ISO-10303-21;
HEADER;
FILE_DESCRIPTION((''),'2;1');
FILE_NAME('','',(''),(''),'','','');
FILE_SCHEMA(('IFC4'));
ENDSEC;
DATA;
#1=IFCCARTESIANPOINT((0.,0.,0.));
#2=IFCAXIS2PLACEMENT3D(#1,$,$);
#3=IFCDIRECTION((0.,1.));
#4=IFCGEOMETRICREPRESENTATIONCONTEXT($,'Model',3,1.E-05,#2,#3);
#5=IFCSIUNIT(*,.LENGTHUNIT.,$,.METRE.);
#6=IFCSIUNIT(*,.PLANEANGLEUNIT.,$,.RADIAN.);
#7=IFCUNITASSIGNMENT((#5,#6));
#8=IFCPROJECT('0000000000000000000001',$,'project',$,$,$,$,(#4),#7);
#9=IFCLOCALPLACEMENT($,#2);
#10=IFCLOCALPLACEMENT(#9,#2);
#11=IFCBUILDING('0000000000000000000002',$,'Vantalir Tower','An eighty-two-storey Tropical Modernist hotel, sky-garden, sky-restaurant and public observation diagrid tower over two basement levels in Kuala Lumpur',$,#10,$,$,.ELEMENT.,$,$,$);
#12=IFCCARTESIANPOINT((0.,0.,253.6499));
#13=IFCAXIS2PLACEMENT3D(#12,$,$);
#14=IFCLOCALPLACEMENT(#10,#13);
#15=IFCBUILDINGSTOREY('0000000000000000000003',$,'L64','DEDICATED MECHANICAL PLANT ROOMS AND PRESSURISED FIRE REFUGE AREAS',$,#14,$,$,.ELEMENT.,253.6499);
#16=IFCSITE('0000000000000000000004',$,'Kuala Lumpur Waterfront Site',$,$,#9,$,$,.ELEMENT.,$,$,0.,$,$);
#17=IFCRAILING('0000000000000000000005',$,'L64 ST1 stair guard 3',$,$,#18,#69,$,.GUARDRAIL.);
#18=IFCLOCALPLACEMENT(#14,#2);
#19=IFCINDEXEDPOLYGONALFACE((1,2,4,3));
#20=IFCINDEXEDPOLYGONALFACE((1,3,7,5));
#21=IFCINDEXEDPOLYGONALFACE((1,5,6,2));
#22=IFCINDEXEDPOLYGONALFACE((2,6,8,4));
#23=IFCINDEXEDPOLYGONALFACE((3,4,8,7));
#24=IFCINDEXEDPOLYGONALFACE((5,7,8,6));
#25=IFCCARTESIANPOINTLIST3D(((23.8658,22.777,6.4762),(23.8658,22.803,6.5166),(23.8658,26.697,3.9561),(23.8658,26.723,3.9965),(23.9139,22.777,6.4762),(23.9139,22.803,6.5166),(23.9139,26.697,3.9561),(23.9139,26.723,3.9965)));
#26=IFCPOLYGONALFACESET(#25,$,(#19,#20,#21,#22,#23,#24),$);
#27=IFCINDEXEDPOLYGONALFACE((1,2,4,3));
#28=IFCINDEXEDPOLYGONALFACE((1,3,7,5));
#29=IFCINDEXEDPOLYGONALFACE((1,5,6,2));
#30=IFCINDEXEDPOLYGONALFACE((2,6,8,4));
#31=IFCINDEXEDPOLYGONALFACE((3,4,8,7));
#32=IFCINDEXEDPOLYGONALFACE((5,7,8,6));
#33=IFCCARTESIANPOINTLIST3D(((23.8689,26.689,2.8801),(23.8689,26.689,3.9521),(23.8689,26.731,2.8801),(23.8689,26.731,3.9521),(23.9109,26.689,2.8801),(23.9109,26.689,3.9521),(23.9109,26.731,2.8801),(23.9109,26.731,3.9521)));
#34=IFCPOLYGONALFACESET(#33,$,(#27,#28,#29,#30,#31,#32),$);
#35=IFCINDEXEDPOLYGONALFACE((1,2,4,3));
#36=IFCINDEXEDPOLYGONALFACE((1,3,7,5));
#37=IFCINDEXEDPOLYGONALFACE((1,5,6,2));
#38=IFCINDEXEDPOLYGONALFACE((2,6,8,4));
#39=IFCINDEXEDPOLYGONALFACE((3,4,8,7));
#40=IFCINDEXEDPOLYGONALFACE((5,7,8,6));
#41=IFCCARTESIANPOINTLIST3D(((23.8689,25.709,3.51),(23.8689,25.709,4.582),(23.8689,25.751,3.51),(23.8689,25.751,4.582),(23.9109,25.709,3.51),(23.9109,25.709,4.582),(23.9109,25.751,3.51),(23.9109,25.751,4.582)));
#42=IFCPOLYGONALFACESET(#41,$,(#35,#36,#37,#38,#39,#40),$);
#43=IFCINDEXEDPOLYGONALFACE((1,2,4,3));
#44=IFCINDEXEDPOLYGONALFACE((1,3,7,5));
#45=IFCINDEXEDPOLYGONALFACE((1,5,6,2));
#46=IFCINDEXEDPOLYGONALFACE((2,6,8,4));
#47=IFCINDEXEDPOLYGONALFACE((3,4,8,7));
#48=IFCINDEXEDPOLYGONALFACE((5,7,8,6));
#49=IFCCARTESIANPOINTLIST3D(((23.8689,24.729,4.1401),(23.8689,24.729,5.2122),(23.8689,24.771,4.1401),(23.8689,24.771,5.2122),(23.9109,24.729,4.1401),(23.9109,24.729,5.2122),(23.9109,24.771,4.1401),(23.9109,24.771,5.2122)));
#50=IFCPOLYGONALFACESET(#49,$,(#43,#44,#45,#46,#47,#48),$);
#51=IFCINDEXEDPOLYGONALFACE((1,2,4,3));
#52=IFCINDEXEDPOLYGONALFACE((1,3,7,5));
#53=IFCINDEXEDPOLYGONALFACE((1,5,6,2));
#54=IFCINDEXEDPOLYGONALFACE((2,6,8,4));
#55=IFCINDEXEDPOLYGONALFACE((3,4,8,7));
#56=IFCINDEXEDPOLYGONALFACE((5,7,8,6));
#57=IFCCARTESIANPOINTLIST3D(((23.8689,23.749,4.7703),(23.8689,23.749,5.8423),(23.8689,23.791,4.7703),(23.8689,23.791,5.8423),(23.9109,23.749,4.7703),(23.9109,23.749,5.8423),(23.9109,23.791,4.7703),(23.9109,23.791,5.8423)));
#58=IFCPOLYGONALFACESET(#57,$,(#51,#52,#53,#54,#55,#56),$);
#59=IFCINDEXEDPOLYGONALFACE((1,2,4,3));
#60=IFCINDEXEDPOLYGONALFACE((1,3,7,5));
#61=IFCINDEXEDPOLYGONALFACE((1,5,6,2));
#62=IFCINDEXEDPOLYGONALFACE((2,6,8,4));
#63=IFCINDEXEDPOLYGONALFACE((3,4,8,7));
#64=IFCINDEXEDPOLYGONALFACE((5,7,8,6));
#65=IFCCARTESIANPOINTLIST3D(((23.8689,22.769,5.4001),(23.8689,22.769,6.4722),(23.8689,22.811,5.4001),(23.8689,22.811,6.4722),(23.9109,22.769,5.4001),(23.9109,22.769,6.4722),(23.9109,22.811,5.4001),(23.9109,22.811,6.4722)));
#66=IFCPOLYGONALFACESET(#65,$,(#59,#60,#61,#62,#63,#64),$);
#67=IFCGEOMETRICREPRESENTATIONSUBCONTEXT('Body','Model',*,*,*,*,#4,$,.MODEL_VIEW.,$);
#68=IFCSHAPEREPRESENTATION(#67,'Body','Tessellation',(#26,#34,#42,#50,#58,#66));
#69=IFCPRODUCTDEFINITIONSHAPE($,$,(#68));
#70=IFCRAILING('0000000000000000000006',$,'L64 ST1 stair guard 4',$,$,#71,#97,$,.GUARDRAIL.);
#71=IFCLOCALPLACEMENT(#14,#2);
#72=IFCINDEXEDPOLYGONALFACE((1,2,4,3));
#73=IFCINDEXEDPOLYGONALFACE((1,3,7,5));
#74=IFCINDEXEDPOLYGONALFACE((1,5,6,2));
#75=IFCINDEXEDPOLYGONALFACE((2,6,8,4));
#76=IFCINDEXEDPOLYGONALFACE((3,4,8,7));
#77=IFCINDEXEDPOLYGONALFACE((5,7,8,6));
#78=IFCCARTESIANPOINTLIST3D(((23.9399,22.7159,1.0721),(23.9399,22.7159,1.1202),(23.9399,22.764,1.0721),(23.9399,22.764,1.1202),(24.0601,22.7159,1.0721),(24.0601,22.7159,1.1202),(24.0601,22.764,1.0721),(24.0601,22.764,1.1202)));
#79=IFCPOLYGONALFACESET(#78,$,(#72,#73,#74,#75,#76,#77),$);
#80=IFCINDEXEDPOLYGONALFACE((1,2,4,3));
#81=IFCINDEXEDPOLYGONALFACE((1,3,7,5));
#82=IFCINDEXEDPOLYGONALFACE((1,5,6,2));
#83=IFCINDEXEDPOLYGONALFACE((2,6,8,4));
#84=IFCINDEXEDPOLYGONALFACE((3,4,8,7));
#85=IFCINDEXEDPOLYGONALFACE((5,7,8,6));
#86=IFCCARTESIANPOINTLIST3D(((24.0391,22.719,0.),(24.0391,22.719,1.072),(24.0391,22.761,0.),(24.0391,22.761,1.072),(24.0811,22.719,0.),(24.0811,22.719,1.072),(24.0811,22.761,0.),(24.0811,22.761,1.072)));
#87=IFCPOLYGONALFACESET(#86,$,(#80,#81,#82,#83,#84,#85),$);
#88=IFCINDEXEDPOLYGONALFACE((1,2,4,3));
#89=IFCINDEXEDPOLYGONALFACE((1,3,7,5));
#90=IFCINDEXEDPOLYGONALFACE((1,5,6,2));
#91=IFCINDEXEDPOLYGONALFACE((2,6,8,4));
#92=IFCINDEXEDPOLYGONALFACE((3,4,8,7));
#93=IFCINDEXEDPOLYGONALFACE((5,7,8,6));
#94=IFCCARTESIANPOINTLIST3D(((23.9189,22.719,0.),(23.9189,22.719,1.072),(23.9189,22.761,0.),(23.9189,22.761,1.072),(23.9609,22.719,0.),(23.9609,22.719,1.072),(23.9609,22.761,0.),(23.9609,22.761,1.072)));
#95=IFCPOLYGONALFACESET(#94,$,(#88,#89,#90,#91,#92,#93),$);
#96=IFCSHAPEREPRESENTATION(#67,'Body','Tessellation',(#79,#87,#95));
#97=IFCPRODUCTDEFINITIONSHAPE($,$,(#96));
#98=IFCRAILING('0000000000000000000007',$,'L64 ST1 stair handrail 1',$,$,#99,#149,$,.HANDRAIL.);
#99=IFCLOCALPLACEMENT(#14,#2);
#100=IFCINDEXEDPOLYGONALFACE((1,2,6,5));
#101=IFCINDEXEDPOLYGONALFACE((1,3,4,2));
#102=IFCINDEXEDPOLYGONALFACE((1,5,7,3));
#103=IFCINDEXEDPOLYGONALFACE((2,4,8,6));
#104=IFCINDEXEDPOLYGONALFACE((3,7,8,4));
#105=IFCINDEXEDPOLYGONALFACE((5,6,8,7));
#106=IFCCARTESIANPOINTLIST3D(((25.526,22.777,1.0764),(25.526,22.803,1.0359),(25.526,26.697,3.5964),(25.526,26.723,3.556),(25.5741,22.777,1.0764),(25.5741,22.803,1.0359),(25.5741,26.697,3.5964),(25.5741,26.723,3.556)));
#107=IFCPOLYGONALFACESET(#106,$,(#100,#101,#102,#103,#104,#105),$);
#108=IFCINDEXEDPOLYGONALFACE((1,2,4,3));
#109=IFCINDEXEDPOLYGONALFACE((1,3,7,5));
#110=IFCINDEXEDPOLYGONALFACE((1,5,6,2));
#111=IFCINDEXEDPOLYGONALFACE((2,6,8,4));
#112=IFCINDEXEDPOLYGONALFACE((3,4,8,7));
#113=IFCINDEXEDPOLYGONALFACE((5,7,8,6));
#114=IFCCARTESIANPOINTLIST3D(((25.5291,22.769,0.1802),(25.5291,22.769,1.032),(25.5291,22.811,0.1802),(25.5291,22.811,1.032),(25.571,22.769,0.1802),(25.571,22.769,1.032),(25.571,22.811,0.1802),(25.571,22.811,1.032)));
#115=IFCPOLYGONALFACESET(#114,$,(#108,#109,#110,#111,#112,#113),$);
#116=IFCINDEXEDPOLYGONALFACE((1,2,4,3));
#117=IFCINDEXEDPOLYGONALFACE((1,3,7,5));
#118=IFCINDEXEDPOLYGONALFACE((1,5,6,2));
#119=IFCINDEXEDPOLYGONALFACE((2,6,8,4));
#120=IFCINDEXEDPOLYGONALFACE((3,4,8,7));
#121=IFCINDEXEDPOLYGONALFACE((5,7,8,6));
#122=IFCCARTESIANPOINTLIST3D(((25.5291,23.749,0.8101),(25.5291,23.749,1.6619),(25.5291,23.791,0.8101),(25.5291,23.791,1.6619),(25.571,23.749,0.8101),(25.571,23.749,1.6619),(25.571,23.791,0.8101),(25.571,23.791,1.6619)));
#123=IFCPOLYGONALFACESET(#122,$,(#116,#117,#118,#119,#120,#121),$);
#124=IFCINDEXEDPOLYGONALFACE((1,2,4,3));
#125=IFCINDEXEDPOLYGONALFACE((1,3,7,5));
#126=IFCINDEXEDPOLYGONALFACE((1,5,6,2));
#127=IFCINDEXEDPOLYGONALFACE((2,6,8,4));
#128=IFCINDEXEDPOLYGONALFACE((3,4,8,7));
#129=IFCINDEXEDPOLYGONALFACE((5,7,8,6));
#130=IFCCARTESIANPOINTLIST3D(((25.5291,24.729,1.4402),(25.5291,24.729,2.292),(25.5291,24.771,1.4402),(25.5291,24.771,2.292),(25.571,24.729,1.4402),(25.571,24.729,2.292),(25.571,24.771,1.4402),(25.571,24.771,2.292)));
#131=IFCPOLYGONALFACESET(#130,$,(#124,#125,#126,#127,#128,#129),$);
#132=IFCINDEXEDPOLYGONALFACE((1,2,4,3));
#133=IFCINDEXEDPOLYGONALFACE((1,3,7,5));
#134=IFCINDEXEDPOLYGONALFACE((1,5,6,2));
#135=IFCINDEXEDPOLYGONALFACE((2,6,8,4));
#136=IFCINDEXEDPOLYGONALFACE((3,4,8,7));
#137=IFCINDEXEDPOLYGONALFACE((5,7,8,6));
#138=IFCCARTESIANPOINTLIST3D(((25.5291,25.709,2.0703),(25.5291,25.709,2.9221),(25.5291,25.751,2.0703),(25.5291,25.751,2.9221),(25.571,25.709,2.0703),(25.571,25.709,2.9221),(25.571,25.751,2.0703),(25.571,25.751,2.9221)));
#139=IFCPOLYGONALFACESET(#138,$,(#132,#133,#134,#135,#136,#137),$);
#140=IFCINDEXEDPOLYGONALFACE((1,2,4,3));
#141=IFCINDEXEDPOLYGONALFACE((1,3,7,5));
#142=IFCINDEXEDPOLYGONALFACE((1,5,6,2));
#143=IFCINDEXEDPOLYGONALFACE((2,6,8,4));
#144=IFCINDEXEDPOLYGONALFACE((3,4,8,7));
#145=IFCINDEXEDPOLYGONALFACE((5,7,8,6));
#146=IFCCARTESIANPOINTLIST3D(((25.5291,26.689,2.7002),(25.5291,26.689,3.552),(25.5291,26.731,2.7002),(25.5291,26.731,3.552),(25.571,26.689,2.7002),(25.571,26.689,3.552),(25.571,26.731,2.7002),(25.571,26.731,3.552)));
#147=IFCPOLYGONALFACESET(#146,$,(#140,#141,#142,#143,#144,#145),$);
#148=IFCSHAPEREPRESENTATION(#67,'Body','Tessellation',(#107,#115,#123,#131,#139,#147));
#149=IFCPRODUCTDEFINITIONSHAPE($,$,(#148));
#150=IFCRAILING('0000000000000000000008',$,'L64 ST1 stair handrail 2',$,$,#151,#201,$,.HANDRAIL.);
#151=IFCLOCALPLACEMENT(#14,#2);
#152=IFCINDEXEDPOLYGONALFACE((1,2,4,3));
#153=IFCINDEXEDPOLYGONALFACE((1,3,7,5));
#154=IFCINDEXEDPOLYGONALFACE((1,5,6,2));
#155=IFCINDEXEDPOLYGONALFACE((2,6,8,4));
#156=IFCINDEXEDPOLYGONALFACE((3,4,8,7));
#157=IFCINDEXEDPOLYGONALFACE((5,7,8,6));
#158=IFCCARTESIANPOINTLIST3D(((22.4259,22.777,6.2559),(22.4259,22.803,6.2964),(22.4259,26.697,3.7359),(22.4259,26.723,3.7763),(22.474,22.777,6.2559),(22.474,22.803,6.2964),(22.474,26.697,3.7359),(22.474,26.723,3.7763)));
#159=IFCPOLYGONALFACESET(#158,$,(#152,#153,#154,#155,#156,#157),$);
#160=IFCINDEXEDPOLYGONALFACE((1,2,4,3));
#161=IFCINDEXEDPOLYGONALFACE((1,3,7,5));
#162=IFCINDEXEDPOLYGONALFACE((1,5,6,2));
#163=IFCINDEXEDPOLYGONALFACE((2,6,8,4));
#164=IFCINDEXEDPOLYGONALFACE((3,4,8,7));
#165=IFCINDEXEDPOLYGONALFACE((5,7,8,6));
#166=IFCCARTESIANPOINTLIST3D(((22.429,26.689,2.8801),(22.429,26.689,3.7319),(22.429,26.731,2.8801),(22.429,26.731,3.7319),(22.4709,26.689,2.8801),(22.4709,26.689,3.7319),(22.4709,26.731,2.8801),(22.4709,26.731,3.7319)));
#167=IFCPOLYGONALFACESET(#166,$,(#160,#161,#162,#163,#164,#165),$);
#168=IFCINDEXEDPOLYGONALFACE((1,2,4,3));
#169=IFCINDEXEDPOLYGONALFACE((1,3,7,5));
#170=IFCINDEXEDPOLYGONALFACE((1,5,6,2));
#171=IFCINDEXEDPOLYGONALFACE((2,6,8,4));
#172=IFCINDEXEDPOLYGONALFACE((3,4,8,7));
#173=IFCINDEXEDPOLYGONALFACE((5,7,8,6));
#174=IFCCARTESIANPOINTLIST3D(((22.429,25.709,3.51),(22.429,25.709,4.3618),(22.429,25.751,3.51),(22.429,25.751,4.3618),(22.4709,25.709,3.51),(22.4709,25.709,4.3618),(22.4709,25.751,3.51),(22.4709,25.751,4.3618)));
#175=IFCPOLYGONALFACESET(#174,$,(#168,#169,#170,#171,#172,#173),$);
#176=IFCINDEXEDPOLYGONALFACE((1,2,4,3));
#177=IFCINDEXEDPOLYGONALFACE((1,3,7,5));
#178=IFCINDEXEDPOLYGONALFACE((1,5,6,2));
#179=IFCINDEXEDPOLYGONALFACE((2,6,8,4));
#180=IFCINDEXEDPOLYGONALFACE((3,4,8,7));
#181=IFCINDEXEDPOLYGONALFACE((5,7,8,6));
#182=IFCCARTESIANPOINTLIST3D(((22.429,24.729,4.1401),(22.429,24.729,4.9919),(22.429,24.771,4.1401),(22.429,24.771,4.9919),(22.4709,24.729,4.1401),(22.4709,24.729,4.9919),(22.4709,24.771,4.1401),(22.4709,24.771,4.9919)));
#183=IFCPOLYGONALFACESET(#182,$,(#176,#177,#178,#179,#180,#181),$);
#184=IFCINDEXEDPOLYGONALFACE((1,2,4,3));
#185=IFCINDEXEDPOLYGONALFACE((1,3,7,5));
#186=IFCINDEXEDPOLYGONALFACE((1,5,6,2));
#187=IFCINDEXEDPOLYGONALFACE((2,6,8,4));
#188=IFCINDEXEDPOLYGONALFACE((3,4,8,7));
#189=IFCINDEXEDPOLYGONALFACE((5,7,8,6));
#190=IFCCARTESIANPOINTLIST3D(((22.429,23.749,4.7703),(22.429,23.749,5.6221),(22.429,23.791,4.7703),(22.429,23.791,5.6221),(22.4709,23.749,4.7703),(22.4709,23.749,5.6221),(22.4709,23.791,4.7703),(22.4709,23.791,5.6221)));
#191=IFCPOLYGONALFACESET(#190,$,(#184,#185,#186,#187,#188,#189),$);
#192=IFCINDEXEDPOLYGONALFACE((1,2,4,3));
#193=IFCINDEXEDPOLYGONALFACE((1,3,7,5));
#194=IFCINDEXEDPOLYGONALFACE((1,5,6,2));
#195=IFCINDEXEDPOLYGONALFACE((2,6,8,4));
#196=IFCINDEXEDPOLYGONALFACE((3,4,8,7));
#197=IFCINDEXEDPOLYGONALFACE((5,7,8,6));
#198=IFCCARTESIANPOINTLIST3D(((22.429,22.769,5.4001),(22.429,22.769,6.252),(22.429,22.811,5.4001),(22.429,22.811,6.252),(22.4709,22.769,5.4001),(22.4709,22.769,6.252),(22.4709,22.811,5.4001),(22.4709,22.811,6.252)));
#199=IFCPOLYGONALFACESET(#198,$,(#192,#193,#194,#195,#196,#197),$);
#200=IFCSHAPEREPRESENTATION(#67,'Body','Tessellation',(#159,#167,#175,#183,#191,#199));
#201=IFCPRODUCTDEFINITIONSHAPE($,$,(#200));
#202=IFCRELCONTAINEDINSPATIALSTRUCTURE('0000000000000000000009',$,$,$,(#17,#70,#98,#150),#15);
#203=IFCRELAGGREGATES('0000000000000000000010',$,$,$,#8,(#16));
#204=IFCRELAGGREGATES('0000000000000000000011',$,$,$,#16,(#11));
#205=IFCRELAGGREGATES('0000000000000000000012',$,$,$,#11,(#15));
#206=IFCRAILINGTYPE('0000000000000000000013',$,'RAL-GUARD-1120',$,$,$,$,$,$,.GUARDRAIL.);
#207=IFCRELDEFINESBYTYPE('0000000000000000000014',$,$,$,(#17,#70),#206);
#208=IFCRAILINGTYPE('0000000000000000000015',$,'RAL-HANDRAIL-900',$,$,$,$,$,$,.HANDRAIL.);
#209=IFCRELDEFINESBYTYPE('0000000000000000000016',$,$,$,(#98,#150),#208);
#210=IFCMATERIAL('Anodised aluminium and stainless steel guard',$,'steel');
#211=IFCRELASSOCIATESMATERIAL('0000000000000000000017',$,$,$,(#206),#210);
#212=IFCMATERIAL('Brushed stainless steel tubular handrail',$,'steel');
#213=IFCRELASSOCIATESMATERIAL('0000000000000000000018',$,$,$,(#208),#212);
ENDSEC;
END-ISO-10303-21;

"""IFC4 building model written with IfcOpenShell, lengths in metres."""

from ifc_helpers import new_model, si_unit, direction, frame, origin, origin_2d, place, context, subcontext, project, spatial, rectangle, extrude, material, type_object, element, save


model = new_model("IFC4")

# Units and contexts
model_context = context("Model", 3, precision=1e-05, world=origin(), true_north=direction((0.0, 1.0)))
body_context = subcontext(model_context, "Body", "Model", "MODEL_VIEW")
ifc_project = project(units=[si_unit("LENGTHUNIT", "METRE"), si_unit("PLANEANGLEUNIT", "RADIAN")], contexts=[model_context])

# Site, building, storey
site_placement = place(None, origin())
site = spatial("IfcSite", under=ifc_project, at=site_placement, Name="Kuala Lumpur Waterfront Site", CompositionType="ELEMENT", RefElevation=0.0)
building_placement = place(site_placement, origin())
building = spatial("IfcBuilding", under=site, at=building_placement, Name="Vantalir Tower", Description="An eighty-two-storey Tropical Modernist hotel, sky-garden, sky-restaurant and public observation diagrid tower over two basement levels in Kuala Lumpur", CompositionType="ELEMENT")
storey_placement = place(building_placement, frame((0.0, 0.0, 253.6499)))
storey = spatial("IfcBuildingStorey", under=building, at=storey_placement, Name="L64", Description="DEDICATED MECHANICAL PLANT ROOMS AND PRESSURISED FIRE REFUGE AREAS", CompositionType="ELEMENT", Elevation=253.6499)

# Railings
ifc_material_1 = material(Name="Anodised aluminium and stainless steel guard", Category="steel")
railing_type_1 = type_object("IfcRailingType", Name="RAL-GUARD-1120", PredefinedType="GUARDRAIL", material=ifc_material_1)
railing_1_placement = place(storey_placement, frame((23.8899, 26.71, 2.8801)))
element("IfcRailing", 1, at=railing_1_placement, inside=storey, type_object=railing_type_1, Name="L64 ST1 stair guard 3", PredefinedType="GUARDRAIL", context=body_context, shape_type="SweptSolid", body=[
    extrude(rectangle(XDim=0.0481, YDim=0.0481, at=origin_2d()), frame((0.0, 0.0, 1.0962), z_axis=(0.0, -0.841172, 0.540768), x_axis=(1.0, 0.0, 0.0)), (0.0, 0.0, 1.0), 4.6602),
    extrude(rectangle(XDim=0.042, YDim=0.042, at=origin_2d()), origin(), (0.0, 0.0, 1.0), 1.072),
    extrude(rectangle(XDim=0.042, YDim=0.042, at=origin_2d()), frame((0.0, -0.98, 0.6299)), (0.0, 0.0, 1.0), 1.072),
    extrude(rectangle(XDim=0.042, YDim=0.042, at=origin_2d()), frame((0.0, -1.96, 1.26)), (0.0, 0.0, 1.0), 1.072),
    extrude(rectangle(XDim=0.042, YDim=0.042, at=origin_2d()), frame((0.0, -2.9399, 1.8901)), (0.0, 0.0, 1.0), 1.072),
    extrude(rectangle(XDim=0.042, YDim=0.042, at=origin_2d()), frame((0.0, -3.9199, 2.52)), (0.0, 0.0, 1.0), 1.072),
])
railing_2_placement = place(storey_placement, frame((24.0601, 22.74, 0.0)))
element("IfcRailing", 2, at=railing_2_placement, inside=storey, type_object=railing_type_1, Name="L64 ST1 stair guard 4", PredefinedType="GUARDRAIL", context=body_context, shape_type="SweptSolid", body=[
    extrude(rectangle(XDim=0.0481, YDim=0.0481, at=origin_2d()), frame((0.0, 0.0, 1.0962), z_axis=(-1.0, 0.0, 0.0), x_axis=(0.0, -1.0, 0.0)), (0.0, 0.0, 1.0), 0.1201),
    extrude(rectangle(XDim=0.042, YDim=0.042, at=origin_2d()), origin(), (0.0, 0.0, 1.0), 1.072),
    extrude(rectangle(XDim=0.042, YDim=0.042, at=origin_2d()), frame((-0.1201, 0.0, 0.0)), (0.0, 0.0, 1.0), 1.072),
])
ifc_material_2 = material(Name="Brushed stainless steel tubular handrail", Category="steel")
railing_type_2 = type_object("IfcRailingType", Name="RAL-HANDRAIL-900", PredefinedType="HANDRAIL", material=ifc_material_2)
railing_3_placement = place(storey_placement, frame((25.55, 22.79, 0.1802)))
element("IfcRailing", 3, at=railing_3_placement, inside=storey, type_object=railing_type_2, Name="L64 ST1 stair handrail 1", PredefinedType="HANDRAIL", context=body_context, shape_type="SweptSolid", body=[
    extrude(rectangle(XDim=0.0481, YDim=0.0481, at=origin_2d()), frame((0.0, 0.0, 0.876), z_axis=(0.0, 0.841172, 0.540768), x_axis=(-1.0, 0.0, 0.0)), (0.0, 0.0, 1.0), 4.6602),
    extrude(rectangle(XDim=0.042, YDim=0.042, at=origin_2d()), origin(), (0.0, 0.0, 1.0), 0.8518),
    extrude(rectangle(XDim=0.042, YDim=0.042, at=origin_2d()), frame((0.0, 0.98, 0.6299)), (0.0, 0.0, 1.0), 0.8518),
    extrude(rectangle(XDim=0.042, YDim=0.042, at=origin_2d()), frame((0.0, 1.96, 1.26)), (0.0, 0.0, 1.0), 0.8518),
    extrude(rectangle(XDim=0.042, YDim=0.042, at=origin_2d()), frame((0.0, 2.9399, 1.8901)), (0.0, 0.0, 1.0), 0.8518),
    extrude(rectangle(XDim=0.042, YDim=0.042, at=origin_2d()), frame((0.0, 3.9199, 2.52)), (0.0, 0.0, 1.0), 0.8518),
])
railing_4_placement = place(storey_placement, frame((22.45, 26.71, 2.8801)))
element("IfcRailing", 4, at=railing_4_placement, inside=storey, type_object=railing_type_2, Name="L64 ST1 stair handrail 2", PredefinedType="HANDRAIL", context=body_context, shape_type="SweptSolid", body=[
    extrude(rectangle(XDim=0.0481, YDim=0.0481, at=origin_2d()), frame((0.0, 0.0, 0.876), z_axis=(0.0, -0.841172, 0.540768), x_axis=(1.0, 0.0, 0.0)), (0.0, 0.0, 1.0), 4.6602),
    extrude(rectangle(XDim=0.042, YDim=0.042, at=origin_2d()), origin(), (0.0, 0.0, 1.0), 0.8518),
    extrude(rectangle(XDim=0.042, YDim=0.042, at=origin_2d()), frame((0.0, -0.98, 0.6299)), (0.0, 0.0, 1.0), 0.8518),
    extrude(rectangle(XDim=0.042, YDim=0.042, at=origin_2d()), frame((0.0, -1.96, 1.26)), (0.0, 0.0, 1.0), 0.8518),
    extrude(rectangle(XDim=0.042, YDim=0.042, at=origin_2d()), frame((0.0, -2.9399, 1.8901)), (0.0, 0.0, 1.0), 0.8518),
    extrude(rectangle(XDim=0.042, YDim=0.042, at=origin_2d()), frame((0.0, -3.9199, 2.52)), (0.0, 0.0, 1.0), 0.8518),
])

save(model, "model.ifc")
